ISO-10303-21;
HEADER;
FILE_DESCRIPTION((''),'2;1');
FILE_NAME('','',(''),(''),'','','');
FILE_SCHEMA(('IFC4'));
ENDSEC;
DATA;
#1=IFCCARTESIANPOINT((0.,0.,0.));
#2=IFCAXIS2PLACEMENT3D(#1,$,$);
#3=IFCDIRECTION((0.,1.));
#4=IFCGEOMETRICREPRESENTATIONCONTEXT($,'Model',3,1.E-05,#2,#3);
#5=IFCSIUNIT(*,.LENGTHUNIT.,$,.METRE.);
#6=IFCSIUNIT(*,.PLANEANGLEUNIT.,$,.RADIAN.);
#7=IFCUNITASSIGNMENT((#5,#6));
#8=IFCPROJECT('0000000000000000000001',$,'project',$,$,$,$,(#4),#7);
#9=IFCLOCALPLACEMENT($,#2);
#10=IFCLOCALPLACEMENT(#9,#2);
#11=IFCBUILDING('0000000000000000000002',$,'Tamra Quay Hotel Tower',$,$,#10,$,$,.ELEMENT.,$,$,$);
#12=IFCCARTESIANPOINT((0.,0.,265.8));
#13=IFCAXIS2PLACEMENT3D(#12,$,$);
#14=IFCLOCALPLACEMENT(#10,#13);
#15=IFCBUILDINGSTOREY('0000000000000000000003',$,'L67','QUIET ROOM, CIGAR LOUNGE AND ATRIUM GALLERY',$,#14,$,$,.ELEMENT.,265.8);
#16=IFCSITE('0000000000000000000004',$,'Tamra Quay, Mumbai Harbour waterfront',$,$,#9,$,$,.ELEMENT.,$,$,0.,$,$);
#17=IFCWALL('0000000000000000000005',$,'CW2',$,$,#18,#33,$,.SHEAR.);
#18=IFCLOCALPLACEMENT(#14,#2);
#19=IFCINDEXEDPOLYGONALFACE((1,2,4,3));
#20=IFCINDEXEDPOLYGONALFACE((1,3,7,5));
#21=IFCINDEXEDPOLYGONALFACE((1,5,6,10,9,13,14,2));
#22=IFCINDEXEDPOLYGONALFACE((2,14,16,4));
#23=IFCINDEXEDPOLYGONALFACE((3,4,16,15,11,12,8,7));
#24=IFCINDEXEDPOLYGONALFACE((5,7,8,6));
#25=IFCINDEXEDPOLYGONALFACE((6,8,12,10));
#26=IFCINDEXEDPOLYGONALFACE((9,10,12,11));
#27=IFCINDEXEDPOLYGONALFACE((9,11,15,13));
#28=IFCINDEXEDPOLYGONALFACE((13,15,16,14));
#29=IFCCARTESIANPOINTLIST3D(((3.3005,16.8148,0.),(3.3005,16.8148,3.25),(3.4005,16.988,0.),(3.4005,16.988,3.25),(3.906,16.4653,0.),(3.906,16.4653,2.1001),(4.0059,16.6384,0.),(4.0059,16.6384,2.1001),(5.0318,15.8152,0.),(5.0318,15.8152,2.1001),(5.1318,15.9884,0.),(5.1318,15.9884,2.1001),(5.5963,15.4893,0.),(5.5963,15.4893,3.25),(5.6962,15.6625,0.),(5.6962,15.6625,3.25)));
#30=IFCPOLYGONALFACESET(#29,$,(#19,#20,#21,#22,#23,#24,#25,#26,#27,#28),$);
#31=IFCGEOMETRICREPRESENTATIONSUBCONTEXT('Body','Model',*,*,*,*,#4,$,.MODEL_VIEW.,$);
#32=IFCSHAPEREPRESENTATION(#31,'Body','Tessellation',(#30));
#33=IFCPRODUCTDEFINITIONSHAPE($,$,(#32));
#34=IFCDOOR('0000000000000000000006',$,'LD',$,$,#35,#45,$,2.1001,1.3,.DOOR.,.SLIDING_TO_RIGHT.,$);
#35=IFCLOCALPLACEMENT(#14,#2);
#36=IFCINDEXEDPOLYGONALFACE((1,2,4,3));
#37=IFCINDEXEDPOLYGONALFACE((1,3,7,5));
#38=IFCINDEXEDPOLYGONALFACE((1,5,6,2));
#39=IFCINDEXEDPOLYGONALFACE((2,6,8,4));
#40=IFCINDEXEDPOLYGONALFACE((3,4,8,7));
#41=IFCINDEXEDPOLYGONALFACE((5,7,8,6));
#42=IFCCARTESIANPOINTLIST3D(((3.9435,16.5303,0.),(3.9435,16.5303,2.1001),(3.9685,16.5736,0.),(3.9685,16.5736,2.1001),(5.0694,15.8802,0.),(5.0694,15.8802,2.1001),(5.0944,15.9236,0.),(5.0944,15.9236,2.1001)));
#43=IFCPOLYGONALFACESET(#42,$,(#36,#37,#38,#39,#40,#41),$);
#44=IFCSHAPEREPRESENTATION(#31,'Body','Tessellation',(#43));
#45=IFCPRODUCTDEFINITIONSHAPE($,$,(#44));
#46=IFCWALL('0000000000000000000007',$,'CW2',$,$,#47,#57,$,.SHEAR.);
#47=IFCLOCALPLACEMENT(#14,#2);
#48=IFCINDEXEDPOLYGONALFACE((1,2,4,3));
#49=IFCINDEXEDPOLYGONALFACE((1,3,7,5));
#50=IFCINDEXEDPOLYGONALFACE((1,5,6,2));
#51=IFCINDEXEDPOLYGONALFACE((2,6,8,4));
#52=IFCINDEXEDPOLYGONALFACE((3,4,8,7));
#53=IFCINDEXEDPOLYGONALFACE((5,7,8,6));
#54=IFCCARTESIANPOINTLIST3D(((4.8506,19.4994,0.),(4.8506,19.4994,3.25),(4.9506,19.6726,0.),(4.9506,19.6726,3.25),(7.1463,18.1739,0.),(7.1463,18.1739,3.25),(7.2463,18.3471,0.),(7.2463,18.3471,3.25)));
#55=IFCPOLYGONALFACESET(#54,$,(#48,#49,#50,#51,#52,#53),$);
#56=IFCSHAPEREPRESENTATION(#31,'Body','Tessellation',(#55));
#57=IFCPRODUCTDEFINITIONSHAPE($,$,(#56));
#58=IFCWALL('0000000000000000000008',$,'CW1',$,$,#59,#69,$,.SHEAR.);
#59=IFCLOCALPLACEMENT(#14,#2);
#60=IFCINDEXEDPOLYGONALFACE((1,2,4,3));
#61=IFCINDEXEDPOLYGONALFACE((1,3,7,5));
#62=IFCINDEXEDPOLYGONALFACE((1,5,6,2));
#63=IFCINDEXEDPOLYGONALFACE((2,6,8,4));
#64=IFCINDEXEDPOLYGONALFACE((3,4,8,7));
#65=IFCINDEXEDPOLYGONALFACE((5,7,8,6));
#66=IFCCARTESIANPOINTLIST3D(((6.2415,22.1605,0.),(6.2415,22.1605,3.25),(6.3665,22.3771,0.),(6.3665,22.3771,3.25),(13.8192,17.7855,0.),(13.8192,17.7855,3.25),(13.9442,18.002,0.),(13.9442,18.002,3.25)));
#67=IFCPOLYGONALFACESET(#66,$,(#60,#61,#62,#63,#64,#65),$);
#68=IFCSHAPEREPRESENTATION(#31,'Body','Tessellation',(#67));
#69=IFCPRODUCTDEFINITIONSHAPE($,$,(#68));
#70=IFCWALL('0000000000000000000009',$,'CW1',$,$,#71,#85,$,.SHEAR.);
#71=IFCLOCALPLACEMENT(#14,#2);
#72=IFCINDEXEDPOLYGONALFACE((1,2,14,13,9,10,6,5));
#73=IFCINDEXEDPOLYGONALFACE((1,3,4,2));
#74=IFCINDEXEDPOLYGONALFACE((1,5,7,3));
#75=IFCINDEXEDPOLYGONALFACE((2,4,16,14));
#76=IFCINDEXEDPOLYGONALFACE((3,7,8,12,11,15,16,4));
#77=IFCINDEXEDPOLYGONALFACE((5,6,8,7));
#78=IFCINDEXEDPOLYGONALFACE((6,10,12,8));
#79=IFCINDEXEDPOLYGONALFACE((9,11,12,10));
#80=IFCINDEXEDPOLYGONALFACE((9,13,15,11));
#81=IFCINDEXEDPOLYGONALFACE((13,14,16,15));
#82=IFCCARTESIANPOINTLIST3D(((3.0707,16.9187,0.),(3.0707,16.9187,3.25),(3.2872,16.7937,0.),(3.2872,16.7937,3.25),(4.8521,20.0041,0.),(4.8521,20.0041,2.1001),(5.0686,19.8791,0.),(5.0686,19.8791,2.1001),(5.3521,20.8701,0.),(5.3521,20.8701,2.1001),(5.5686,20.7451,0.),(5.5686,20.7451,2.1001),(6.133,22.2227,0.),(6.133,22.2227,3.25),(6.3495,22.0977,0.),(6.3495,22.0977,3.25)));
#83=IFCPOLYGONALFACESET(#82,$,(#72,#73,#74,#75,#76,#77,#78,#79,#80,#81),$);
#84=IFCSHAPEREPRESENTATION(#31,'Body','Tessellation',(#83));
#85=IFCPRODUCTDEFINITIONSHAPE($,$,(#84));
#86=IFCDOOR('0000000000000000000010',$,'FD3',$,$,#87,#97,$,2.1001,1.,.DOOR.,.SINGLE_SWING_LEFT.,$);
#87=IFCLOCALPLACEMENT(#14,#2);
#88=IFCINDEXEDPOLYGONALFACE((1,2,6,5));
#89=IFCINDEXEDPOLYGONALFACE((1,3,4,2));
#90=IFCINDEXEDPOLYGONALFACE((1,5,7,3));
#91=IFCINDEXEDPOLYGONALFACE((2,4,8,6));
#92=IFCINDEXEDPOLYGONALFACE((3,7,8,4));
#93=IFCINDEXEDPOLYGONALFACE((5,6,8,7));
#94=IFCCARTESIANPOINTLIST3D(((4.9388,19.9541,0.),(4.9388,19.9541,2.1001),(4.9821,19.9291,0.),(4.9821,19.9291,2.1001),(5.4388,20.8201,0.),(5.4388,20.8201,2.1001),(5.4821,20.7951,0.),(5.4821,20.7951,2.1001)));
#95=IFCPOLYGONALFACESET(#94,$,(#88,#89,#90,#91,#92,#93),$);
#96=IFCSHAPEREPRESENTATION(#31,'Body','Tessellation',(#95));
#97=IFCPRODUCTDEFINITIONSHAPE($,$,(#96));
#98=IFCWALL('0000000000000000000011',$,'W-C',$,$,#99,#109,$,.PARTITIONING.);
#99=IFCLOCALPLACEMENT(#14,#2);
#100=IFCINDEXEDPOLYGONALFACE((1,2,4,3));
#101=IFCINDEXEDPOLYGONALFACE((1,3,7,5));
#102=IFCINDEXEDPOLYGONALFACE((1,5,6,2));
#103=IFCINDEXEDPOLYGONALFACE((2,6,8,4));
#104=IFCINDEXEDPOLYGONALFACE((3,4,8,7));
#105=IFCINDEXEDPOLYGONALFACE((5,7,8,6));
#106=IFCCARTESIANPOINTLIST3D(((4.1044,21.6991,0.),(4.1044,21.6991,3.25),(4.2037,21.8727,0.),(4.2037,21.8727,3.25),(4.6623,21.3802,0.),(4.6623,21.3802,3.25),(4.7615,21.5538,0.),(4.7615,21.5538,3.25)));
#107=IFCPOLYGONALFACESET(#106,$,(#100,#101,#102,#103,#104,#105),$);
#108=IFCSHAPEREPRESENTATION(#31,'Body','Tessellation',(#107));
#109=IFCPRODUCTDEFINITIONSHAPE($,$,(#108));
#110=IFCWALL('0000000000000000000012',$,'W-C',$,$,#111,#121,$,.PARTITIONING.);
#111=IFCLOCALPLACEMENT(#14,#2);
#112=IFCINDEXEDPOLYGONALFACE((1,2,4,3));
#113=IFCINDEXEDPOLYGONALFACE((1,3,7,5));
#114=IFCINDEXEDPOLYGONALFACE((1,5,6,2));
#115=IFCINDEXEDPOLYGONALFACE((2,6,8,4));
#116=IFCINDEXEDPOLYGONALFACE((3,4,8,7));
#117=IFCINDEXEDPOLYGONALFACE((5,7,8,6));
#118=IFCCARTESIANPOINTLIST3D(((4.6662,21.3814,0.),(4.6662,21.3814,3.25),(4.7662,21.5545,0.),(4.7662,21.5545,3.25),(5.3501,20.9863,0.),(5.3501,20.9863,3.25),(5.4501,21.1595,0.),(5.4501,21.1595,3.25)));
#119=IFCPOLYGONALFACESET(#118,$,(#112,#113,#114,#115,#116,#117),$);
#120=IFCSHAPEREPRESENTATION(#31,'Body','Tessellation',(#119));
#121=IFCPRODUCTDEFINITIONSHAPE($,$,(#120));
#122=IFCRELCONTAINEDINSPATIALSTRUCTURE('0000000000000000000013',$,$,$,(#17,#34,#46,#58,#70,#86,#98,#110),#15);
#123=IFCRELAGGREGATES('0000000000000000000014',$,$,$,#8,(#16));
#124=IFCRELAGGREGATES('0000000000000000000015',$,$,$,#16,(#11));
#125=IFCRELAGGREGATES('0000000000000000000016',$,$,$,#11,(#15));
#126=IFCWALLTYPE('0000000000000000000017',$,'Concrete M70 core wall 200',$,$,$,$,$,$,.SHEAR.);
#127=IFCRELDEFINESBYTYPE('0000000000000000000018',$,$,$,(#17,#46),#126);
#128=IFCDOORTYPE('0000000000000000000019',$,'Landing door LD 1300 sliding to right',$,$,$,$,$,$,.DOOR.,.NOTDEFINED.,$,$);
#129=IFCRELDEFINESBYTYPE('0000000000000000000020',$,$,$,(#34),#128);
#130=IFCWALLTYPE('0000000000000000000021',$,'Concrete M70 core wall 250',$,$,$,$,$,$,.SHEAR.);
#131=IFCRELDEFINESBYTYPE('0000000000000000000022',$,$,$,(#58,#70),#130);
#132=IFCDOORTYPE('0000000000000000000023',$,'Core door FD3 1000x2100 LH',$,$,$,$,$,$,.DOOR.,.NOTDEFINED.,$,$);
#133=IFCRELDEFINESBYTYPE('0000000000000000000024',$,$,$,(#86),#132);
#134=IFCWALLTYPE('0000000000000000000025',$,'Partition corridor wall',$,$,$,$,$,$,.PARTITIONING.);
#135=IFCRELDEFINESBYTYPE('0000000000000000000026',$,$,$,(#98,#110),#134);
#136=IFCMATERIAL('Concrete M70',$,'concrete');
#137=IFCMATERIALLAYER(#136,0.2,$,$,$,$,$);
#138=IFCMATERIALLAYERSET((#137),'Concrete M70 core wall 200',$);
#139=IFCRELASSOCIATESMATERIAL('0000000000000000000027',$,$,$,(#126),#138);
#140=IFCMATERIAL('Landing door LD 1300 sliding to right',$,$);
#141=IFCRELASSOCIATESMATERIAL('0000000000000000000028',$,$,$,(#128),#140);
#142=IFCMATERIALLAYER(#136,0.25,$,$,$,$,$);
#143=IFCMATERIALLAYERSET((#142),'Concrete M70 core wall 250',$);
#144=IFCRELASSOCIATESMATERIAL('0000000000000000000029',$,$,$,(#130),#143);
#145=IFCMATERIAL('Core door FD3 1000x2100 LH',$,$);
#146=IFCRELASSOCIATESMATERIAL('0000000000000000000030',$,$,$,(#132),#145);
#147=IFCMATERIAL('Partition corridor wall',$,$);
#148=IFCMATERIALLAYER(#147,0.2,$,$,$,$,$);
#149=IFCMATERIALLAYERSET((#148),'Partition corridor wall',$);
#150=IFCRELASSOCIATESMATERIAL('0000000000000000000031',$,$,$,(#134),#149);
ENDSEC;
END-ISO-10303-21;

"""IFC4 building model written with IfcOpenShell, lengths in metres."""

from ifc_helpers import new_model, si_unit, direction, frame, frame_2d, origin, place, context, subcontext, project, spatial, rectangle, extrude, material, layer, layer_set, type_object, element, fill, save


model = new_model("IFC4")

# Units and contexts
model_context = context("Model", 3, precision=1e-05, world=origin(), true_north=direction((0.0, 1.0)))
body_context = subcontext(model_context, "Body", "Model", "MODEL_VIEW")
ifc_project = project(units=[si_unit("LENGTHUNIT", "METRE"), si_unit("PLANEANGLEUNIT", "RADIAN")], contexts=[model_context])

# Site, building, storey
site_placement = place(None, origin())
site = spatial("IfcSite", under=ifc_project, at=site_placement, Name="Tamra Quay, Mumbai Harbour waterfront", CompositionType="ELEMENT", RefElevation=0.0)
building_placement = place(site_placement, origin())
building = spatial("IfcBuilding", under=site, at=building_placement, Name="Tamra Quay Hotel Tower", CompositionType="ELEMENT")
storey_placement = place(building_placement, frame((0.0, 0.0, 265.8)))
storey = spatial("IfcBuildingStorey", under=building, at=storey_placement, Name="L67", Description="QUIET ROOM, CIGAR LOUNGE AND ATRIUM GALLERY", CompositionType="ELEMENT", Elevation=265.8)

# Shared definitions
ifc_material_1 = material(Name="Concrete M70", Category="concrete")

# Shared definitions
ifc_layer_1 = layer(ifc_material_1, 0.2)
ifc_layer_set_1 = layer_set([ifc_layer_1], Name="Concrete M70 core wall 200")
wall_type_1 = type_object("IfcWallType", Name="Concrete M70 core wall 200", PredefinedType="SHEAR", material=ifc_layer_set_1)

# Wall, opening, door
wall_1_placement = place(storey_placement, frame((5.6462, 15.5759, 0.0), z_axis=(0.0, 0.0, 1.0), x_axis=(-0.866018, 0.500012, 0.0)))
wall_1 = element("IfcWall", 1, at=wall_1_placement, inside=storey, type_object=wall_type_1, Name="CW2", PredefinedType="SHEAR", context=body_context, shape_type="SweptSolid", body=[
    extrude(rectangle(XDim=2.6509, YDim=0.2, at=frame_2d((1.3254, 0.0))), origin(), (0.0, 0.0, 1.0), 3.25),
])
opening_1_placement = place(wall_1_placement, frame((0.6519, 0.0, 0.0)))
opening_1 = element("IfcOpeningElement", 2, at=opening_1_placement, cuts=wall_1, PredefinedType="OPENING", context=body_context, shape_type="SweptSolid", body=[
    extrude(rectangle(XDim=1.3, YDim=2.1001, at=frame_2d((0.6499, 1.05))), frame((0.0, 0.1099, 0.0), z_axis=(0.0, -1.0, 0.0), x_axis=(1.0, 0.0, 0.0)), (0.0, 0.0, 1.0), 0.22),
])
ifc_material_2 = material(Name="Landing door LD 1300 sliding to right")
door_type_1 = type_object("IfcDoorType", Name="Landing door LD 1300 sliding to right", OperationType="NOTDEFINED", PredefinedType="DOOR", material=ifc_material_2)
door_1_placement = place(opening_1_placement, origin())
door_1 = element("IfcDoor", 3, at=door_1_placement, inside=storey, type_object=door_type_1, Name="LD", OperationType="SLIDING_TO_RIGHT", OverallHeight=2.1001, OverallWidth=1.3, PredefinedType="DOOR", context=body_context, shape_type="SweptSolid", body=[
    extrude(rectangle(XDim=1.3, YDim=2.1001, at=frame_2d((0.6499, 1.05))), frame((0.0, 0.0249, 0.0), z_axis=(0.0, -1.0, 0.0), x_axis=(1.0, 0.0, 0.0)), (0.0, 0.0, 1.0), 0.05),
])
fill(opening_1, door_1)

# Walls
wall_2_placement = place(storey_placement, frame((7.1963, 18.2605, 0.0), z_axis=(0.0, 0.0, 1.0), x_axis=(-0.866018, 0.500012, 0.0)))
element("IfcWall", 4, at=wall_2_placement, inside=storey, type_object=wall_type_1, Name="CW2", PredefinedType="SHEAR", context=body_context, shape_type="SweptSolid", body=[
    extrude(rectangle(XDim=2.6509, YDim=0.2, at=frame_2d((1.3254, 0.0))), origin(), (0.0, 0.0, 1.0), 3.25),
])
ifc_layer_2 = layer(ifc_material_1, 0.25)
ifc_layer_set_2 = layer_set([ifc_layer_2], Name="Concrete M70 core wall 250")
wall_type_2 = type_object("IfcWallType", Name="Concrete M70 core wall 250", PredefinedType="SHEAR", material=ifc_layer_set_2)
wall_3_placement = place(storey_placement, frame((6.304, 22.2688, 0.0), z_axis=(0.0, 0.0, 1.0), x_axis=(0.866023, -0.500004, 0.0)))
element("IfcWall", 5, at=wall_3_placement, inside=storey, type_object=wall_type_2, Name="CW1", PredefinedType="SHEAR", context=body_context, shape_type="SweptSolid", body=[
    extrude(rectangle(XDim=8.75, YDim=0.25, at=frame_2d((4.375, 0.0))), origin(), (0.0, 0.0, 1.0), 3.25),
])

# Wall, opening, door
wall_4_placement = place(storey_placement, frame((3.179, 16.8562, 0.0), z_axis=(0.0, 0.0, 1.0), x_axis=(0.500002, 0.866024, 0.0)))
wall_4 = element("IfcWall", 6, at=wall_4_placement, inside=storey, type_object=wall_type_2, Name="CW1", PredefinedType="SHEAR", context=body_context, shape_type="SweptSolid", body=[
    extrude(rectangle(XDim=6.1245, YDim=0.25, at=frame_2d((3.0623, 0.0))), origin(), (0.0, 0.0, 1.0), 3.25),
])
opening_2_placement = place(wall_4_placement, frame((3.5627, 0.0, 0.0)))
opening_2 = element("IfcOpeningElement", 7, at=opening_2_placement, cuts=wall_4, PredefinedType="OPENING", context=body_context, shape_type="SweptSolid", body=[
    extrude(rectangle(XDim=1.0, YDim=2.1001, at=frame_2d((0.5, 1.05))), frame((0.0, 0.135, 0.0), z_axis=(0.0, -1.0, 0.0), x_axis=(1.0, 0.0, 0.0)), (0.0, 0.0, 1.0), 0.27),
])
ifc_material_3 = material(Name="Core door FD3 1000x2100 LH")
door_type_2 = type_object("IfcDoorType", Name="Core door FD3 1000x2100 LH", OperationType="NOTDEFINED", PredefinedType="DOOR", material=ifc_material_3)
door_2_placement = place(opening_2_placement, origin())
door_2 = element("IfcDoor", 8, at=door_2_placement, inside=storey, type_object=door_type_2, Name="FD3", OperationType="SINGLE_SWING_LEFT", OverallHeight=2.1001, OverallWidth=1.0, PredefinedType="DOOR", context=body_context, shape_type="SweptSolid", body=[
    extrude(rectangle(XDim=1.0, YDim=2.1001, at=frame_2d((0.5, 1.05))), frame((0.0, 0.0249, 0.0), z_axis=(0.0, -1.0, 0.0), x_axis=(1.0, 0.0, 0.0)), (0.0, 0.0, 1.0), 0.05),
])
fill(opening_2, door_2)

# Walls
ifc_material_4 = material(Name="Partition corridor wall")
ifc_layer_3 = layer(ifc_material_4, 0.2)
ifc_layer_set_3 = layer_set([ifc_layer_3], Name="Partition corridor wall")
wall_type_3 = type_object("IfcWallType", Name="Partition corridor wall", PredefinedType="PARTITIONING", material=ifc_layer_set_3)
wall_5_placement = place(storey_placement, frame((4.1541, 21.7859, 0.0), z_axis=(0.0, 0.0, 1.0), x_axis=(0.868196, -0.496221, 0.0)))
element("IfcWall", 9, at=wall_5_placement, inside=storey, type_object=wall_type_3, Name="W-C", PredefinedType="PARTITIONING", context=body_context, shape_type="SweptSolid", body=[
    extrude(rectangle(XDim=0.6426, YDim=0.2, at=frame_2d((0.3213, 0.0))), origin(), (0.0, 0.0, 1.0), 3.25),
])
wall_6_placement = place(storey_placement, frame((4.7161, 21.468, 0.0), z_axis=(0.0, 0.0, 1.0), x_axis=(0.865913, -0.500195, 0.0)))
element("IfcWall", 10, at=wall_6_placement, inside=storey, type_object=wall_type_3, Name="W-C", PredefinedType="PARTITIONING", context=body_context, shape_type="SweptSolid", body=[
    extrude(rectangle(XDim=0.7898, YDim=0.2, at=frame_2d((0.395, 0.0))), origin(), (0.0, 0.0, 1.0), 3.25),
])

save(model, "model.ifc")
